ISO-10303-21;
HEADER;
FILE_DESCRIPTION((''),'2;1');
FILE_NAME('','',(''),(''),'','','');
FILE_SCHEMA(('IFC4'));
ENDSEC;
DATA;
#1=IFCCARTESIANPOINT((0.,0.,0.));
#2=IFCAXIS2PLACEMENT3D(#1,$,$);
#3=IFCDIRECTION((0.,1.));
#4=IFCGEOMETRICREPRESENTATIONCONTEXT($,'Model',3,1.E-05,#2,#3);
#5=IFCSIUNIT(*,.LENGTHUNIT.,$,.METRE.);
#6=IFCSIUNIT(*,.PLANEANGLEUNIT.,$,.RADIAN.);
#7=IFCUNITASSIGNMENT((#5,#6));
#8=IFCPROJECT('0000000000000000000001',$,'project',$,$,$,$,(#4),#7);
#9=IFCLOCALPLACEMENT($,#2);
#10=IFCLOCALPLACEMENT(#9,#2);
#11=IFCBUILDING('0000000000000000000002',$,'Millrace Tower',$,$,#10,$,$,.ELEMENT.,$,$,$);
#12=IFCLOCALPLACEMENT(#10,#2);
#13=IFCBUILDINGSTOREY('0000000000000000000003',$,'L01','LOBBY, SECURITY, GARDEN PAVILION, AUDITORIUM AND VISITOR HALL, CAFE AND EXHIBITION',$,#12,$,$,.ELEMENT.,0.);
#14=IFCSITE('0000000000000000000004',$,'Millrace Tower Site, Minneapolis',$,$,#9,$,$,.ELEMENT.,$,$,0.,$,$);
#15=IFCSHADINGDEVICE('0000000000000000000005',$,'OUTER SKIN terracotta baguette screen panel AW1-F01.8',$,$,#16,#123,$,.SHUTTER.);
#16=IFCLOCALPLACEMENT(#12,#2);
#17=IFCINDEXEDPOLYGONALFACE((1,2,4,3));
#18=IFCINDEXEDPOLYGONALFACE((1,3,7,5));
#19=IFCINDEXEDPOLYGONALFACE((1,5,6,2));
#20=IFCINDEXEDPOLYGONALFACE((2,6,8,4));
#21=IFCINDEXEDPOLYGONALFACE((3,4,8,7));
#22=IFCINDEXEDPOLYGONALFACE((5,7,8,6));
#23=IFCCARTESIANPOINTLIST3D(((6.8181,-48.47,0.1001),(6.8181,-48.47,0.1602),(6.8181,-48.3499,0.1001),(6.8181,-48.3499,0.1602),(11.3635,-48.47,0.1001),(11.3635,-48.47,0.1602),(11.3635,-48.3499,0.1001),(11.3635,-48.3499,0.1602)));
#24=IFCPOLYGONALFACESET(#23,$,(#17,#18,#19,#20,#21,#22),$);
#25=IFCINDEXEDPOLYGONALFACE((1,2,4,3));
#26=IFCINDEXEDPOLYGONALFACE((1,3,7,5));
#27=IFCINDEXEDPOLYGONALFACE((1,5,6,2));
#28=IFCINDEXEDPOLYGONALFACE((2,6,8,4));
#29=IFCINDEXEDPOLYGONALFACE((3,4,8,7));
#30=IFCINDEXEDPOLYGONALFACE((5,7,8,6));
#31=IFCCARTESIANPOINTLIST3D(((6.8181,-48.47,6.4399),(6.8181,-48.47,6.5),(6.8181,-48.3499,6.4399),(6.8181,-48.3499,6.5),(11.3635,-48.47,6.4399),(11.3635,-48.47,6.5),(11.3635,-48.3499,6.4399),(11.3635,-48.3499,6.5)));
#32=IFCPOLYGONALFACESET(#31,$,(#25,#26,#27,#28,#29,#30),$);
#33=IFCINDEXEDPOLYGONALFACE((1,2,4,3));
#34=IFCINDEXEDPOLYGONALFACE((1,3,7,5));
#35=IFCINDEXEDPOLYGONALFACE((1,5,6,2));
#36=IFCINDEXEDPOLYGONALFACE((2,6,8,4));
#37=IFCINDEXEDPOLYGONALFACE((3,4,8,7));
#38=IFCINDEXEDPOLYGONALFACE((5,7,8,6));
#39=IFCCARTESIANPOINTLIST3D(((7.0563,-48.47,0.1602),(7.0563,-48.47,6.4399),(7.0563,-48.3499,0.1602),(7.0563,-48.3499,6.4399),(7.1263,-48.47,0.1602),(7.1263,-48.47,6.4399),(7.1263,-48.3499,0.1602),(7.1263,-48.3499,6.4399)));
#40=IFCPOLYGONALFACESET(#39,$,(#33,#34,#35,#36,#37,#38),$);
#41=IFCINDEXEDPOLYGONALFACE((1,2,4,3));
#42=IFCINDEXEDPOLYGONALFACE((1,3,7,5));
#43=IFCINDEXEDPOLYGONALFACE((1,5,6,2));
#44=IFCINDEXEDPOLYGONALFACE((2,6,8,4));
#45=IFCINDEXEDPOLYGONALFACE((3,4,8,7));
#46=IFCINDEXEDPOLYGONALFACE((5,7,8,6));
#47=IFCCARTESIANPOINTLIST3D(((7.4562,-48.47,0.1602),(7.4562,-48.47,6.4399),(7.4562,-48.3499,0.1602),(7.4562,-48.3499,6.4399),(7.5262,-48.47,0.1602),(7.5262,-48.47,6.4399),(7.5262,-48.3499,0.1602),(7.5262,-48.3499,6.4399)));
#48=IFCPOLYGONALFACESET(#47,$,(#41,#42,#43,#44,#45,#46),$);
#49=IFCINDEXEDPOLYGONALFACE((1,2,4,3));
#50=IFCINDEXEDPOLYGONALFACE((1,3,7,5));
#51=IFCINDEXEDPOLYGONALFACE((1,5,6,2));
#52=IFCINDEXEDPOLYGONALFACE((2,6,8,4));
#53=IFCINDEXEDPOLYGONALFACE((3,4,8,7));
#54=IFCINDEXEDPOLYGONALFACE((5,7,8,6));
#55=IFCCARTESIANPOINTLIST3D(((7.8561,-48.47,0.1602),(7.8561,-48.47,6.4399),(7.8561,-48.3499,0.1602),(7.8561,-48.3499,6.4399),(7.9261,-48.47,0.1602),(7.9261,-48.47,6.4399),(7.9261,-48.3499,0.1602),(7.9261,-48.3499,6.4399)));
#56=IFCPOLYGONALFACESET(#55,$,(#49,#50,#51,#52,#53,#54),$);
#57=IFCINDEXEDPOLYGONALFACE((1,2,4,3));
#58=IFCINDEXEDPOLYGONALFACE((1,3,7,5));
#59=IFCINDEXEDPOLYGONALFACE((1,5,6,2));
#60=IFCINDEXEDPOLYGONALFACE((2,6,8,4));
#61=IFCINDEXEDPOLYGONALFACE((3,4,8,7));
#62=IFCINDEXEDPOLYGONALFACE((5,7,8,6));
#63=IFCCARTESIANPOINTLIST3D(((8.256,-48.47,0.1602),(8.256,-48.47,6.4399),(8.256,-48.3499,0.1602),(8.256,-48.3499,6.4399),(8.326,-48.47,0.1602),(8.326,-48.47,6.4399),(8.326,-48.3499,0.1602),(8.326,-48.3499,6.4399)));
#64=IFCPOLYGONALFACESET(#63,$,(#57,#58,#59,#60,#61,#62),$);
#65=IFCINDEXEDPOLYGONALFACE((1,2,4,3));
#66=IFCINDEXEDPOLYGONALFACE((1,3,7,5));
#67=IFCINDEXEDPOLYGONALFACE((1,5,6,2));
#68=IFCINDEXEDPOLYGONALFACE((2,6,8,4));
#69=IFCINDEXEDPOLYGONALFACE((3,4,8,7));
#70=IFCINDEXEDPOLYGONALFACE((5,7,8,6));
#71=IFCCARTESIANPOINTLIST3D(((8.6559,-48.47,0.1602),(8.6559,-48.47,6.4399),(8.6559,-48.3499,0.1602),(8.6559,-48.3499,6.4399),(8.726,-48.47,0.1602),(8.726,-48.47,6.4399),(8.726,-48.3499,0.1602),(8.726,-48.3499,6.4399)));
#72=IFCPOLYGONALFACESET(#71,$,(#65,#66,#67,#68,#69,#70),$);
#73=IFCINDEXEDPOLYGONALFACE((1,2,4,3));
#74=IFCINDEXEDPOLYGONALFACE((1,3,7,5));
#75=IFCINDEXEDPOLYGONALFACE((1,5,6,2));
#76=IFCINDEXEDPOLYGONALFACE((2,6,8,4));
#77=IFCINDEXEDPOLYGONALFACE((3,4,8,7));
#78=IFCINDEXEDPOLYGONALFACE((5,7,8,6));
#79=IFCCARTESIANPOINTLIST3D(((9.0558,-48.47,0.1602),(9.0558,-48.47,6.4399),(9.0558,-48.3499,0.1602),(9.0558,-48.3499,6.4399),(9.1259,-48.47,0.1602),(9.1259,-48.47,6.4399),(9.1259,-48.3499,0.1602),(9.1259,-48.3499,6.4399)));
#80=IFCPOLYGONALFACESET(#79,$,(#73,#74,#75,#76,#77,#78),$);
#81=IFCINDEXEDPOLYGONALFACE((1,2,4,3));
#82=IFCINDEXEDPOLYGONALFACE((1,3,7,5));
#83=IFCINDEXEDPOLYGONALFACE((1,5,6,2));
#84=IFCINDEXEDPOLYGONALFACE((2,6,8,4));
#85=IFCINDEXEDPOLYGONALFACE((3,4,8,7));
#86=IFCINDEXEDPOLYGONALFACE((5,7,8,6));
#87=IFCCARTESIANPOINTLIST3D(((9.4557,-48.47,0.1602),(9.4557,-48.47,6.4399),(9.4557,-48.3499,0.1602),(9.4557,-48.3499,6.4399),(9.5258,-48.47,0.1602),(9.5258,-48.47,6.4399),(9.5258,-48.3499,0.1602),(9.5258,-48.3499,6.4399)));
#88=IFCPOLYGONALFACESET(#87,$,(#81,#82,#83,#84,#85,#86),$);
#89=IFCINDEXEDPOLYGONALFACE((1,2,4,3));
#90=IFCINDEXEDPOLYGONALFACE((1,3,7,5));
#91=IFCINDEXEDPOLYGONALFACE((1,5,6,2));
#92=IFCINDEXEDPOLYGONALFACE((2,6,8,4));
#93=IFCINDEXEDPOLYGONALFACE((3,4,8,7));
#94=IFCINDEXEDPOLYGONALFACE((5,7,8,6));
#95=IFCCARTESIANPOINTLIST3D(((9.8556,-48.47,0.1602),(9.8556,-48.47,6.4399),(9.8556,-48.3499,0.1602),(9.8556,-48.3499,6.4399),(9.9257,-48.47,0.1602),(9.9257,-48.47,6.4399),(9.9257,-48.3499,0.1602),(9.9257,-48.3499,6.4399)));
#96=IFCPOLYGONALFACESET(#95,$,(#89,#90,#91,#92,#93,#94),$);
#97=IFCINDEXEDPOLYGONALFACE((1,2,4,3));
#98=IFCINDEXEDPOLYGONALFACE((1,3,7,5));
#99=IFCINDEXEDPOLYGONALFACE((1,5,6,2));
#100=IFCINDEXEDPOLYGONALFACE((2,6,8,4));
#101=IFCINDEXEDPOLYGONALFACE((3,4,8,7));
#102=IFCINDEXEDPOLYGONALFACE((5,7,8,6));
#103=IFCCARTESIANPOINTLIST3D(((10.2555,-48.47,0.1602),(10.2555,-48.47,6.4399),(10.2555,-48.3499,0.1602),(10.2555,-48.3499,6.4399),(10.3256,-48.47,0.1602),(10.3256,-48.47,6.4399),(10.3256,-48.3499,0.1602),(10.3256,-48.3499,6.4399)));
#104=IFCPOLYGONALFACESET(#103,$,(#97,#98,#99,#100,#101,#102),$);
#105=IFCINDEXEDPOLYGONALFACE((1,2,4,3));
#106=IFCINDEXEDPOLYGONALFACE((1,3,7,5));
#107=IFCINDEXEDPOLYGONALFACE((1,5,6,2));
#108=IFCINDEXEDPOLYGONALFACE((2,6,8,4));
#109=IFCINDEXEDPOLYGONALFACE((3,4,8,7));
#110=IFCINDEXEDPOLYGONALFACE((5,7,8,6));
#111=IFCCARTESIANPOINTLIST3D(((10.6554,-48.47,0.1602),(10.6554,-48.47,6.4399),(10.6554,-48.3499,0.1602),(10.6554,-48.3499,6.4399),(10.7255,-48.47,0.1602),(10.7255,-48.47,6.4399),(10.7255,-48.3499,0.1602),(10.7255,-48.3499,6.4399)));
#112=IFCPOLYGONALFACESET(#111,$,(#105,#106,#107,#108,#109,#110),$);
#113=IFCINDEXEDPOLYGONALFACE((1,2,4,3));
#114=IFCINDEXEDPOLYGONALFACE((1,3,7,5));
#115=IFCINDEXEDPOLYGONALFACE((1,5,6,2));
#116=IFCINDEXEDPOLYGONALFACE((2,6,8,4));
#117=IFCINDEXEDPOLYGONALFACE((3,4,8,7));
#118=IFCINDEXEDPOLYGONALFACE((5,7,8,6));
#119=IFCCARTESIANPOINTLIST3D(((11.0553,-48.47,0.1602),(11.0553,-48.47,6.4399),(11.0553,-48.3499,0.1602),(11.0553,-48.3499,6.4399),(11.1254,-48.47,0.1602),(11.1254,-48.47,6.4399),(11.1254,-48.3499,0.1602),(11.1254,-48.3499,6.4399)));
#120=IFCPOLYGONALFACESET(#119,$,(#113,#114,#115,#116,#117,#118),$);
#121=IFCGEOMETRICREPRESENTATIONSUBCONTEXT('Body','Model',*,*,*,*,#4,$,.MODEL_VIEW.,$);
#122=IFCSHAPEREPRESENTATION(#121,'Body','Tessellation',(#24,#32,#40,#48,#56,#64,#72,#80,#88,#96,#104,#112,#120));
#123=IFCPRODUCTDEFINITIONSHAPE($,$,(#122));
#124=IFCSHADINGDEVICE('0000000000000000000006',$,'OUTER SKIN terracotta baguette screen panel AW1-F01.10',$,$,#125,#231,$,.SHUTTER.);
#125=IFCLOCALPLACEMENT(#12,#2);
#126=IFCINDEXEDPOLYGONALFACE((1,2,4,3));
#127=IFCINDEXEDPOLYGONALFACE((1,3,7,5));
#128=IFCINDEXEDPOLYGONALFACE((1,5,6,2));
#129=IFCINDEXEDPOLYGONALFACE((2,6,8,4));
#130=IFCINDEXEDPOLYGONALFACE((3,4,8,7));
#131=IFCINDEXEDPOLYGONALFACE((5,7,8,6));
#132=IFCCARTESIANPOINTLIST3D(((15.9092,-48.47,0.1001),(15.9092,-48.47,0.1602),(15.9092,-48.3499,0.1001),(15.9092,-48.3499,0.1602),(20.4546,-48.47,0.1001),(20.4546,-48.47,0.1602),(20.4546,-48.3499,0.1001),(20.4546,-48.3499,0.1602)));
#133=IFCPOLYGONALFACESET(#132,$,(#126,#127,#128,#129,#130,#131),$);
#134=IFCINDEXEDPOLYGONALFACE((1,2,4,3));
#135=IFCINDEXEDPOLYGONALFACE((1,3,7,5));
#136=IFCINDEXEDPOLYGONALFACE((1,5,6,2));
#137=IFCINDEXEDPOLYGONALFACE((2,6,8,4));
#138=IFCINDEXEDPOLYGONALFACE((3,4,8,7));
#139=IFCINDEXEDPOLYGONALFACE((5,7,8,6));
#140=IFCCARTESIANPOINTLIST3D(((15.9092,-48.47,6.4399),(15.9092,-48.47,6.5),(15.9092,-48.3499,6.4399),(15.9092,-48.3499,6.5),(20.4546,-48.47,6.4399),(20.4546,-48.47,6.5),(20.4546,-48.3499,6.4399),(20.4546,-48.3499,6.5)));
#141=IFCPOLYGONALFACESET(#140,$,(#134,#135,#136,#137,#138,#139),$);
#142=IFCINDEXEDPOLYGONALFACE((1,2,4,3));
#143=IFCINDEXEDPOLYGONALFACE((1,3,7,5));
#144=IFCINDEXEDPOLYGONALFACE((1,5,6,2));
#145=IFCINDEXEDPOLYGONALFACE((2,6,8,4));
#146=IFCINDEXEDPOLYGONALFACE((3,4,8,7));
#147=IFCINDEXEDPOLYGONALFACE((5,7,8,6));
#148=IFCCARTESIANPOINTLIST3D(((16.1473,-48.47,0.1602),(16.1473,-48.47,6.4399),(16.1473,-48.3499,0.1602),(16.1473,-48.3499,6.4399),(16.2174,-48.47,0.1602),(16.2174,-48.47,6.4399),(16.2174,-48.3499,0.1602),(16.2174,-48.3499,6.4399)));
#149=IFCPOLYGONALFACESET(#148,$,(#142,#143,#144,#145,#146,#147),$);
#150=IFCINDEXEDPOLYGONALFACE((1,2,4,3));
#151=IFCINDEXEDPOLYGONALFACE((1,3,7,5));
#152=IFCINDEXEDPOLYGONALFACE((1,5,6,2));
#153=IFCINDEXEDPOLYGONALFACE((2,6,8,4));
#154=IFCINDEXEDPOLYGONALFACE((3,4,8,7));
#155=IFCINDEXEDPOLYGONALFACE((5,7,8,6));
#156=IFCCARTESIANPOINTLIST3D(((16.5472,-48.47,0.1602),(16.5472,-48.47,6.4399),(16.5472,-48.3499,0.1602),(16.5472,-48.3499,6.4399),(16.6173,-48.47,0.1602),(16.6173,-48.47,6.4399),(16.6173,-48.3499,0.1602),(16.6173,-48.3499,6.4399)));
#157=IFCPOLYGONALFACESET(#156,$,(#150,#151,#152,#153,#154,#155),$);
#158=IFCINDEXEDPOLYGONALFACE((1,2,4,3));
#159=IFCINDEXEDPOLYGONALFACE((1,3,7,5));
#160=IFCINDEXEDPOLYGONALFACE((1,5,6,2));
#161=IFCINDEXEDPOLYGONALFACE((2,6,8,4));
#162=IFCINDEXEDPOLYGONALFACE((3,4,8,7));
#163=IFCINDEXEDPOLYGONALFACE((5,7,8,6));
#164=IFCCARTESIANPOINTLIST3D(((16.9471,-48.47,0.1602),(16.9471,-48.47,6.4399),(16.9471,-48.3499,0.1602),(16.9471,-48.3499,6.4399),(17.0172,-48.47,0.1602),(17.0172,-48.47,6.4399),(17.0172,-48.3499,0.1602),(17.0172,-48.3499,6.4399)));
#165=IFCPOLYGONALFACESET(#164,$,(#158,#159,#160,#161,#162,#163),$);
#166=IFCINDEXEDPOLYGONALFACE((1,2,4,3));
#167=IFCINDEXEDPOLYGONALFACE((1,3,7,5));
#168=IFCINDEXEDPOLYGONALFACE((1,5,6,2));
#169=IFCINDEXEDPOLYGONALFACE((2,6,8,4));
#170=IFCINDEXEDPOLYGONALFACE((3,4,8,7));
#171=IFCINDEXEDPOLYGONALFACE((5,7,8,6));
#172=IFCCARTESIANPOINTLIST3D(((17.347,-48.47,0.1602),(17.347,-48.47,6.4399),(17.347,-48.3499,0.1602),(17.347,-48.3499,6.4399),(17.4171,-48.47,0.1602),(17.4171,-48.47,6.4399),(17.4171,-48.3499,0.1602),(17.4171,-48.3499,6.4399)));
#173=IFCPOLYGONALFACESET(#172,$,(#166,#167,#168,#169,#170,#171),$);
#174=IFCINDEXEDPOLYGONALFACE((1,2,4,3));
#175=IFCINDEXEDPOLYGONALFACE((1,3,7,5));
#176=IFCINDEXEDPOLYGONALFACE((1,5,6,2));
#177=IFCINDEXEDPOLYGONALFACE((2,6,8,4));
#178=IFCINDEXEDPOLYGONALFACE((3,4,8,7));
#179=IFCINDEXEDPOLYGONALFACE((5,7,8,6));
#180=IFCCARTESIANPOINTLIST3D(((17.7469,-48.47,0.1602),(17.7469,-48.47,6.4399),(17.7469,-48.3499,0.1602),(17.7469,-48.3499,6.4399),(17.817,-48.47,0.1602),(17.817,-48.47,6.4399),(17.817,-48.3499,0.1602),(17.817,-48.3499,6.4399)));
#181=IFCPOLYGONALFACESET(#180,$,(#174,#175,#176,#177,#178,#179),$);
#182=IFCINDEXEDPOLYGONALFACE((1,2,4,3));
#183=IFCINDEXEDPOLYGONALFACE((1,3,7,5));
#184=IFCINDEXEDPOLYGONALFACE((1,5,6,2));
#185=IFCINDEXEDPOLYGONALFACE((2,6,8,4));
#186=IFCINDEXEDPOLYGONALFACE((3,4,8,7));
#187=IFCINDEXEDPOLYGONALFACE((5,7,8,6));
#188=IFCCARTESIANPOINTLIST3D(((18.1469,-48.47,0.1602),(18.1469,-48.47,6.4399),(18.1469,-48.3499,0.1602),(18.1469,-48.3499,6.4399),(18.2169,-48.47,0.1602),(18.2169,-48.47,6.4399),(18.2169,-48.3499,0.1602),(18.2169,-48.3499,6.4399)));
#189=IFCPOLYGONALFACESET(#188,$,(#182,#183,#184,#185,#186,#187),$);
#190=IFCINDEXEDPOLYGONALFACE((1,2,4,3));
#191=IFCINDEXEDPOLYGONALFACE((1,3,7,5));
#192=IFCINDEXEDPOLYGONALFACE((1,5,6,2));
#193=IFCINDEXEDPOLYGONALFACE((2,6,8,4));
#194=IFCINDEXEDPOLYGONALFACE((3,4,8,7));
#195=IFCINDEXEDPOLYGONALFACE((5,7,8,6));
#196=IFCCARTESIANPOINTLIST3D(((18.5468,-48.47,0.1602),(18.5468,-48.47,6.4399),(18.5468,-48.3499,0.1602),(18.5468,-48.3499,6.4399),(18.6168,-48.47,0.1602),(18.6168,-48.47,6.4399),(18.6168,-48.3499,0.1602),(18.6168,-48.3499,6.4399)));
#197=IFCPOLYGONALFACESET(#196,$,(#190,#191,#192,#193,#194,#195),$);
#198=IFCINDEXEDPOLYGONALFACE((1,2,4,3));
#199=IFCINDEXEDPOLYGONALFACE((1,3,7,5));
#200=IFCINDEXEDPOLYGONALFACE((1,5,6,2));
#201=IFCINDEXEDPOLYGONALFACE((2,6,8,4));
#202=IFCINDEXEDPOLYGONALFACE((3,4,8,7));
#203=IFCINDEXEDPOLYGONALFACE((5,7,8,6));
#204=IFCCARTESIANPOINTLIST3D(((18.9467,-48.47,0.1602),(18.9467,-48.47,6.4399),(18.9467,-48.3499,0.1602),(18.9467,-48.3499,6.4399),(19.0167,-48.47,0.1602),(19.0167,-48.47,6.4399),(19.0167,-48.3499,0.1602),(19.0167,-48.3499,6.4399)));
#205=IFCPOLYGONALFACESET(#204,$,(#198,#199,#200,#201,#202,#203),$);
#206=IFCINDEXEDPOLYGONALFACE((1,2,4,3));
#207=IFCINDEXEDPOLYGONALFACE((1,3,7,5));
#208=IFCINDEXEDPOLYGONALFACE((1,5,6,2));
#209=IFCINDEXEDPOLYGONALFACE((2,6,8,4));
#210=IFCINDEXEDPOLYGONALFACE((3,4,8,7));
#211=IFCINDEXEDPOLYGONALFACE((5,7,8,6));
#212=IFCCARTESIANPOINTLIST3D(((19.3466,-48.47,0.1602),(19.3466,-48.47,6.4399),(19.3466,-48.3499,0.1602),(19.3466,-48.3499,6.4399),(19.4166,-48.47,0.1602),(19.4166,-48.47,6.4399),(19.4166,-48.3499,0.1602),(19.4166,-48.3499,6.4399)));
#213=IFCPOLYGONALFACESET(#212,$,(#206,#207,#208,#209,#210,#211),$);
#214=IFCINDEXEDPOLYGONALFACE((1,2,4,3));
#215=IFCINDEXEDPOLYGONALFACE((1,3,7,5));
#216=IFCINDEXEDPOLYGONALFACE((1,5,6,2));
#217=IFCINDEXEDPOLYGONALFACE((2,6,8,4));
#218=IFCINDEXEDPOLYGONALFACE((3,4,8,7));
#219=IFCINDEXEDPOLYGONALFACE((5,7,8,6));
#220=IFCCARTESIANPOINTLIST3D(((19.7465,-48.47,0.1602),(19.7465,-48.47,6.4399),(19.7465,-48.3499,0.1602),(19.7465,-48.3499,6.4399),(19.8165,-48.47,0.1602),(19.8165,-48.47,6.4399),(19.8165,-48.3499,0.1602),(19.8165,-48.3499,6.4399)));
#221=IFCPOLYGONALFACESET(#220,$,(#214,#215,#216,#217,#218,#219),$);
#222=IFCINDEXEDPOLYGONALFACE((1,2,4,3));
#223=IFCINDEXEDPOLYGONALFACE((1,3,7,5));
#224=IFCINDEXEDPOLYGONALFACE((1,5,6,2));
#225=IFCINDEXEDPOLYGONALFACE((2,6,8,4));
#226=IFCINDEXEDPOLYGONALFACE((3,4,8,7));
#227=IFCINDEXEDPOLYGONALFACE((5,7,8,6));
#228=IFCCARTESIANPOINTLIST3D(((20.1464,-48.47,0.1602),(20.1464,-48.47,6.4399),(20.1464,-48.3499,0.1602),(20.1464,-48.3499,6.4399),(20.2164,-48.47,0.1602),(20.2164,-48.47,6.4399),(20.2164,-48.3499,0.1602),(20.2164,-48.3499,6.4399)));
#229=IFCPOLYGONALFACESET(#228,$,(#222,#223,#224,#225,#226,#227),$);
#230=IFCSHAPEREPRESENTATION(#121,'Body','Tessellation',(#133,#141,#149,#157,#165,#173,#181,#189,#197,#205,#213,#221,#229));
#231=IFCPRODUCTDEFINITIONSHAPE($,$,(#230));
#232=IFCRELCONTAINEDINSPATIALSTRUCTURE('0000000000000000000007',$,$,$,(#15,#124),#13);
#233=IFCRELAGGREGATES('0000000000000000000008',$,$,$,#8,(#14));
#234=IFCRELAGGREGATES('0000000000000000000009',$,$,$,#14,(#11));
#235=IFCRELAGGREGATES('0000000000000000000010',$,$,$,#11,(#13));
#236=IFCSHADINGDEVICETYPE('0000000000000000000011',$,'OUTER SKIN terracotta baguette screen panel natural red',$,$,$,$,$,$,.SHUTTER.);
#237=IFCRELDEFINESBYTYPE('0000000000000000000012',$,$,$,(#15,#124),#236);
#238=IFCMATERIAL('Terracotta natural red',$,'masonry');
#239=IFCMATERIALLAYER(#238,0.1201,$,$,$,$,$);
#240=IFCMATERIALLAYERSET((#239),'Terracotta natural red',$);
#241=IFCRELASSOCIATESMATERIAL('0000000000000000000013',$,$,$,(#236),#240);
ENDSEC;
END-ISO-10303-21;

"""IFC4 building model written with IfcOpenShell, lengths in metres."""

from ifc_helpers import new_model, entity, si_unit, direction, frame, frame_2d, origin, origin_2d, place, context, subcontext, project, spatial, rectangle, extrude, source, transform, mapped, material, layer, layer_set, type_object, element, save


model = new_model("IFC4")

# Units and contexts
model_context = context("Model", 3, precision=1e-05, world=origin(), true_north=direction((0.0, 1.0)))
body_context = subcontext(model_context, "Body", "Model", "MODEL_VIEW")
ifc_project = project(units=[si_unit("LENGTHUNIT", "METRE"), si_unit("PLANEANGLEUNIT", "RADIAN")], contexts=[model_context])

# Site, building, storey
site_placement = place(None, origin())
site = spatial("IfcSite", under=ifc_project, at=site_placement, Name="Millrace Tower Site, Minneapolis", CompositionType="ELEMENT", RefElevation=0.0)
building_placement = place(site_placement, origin())
building = spatial("IfcBuilding", under=site, at=building_placement, Name="Millrace Tower", CompositionType="ELEMENT")
storey_placement = place(building_placement, origin())
storey = spatial("IfcBuildingStorey", under=building, at=storey_placement, Name="L01", Description="LOBBY, SECURITY, GARDEN PAVILION, AUDITORIUM AND VISITOR HALL, CAFE AND EXHIBITION", CompositionType="ELEMENT", Elevation=0.0)

# Shading devices
ifc_material_1 = material(Name="Terracotta natural red", Category="masonry")
ifc_layer = layer(ifc_material_1, 0.1201)
ifc_layer_set = layer_set([ifc_layer], Name="Terracotta natural red")
shading_device_type = type_object("IfcShadingDeviceType", Name="OUTER SKIN terracotta baguette screen panel natural red", PredefinedType="SHUTTER", material=ifc_layer_set)
cartesian_point_1 = entity("IfcCartesianPoint", [-2.2727, 0.0601])
shared_polyline_1 = entity("IfcPolyline", [cartesian_point_1, entity("IfcCartesianPoint", [2.2727, 0.0601]), entity("IfcCartesianPoint", [2.2727, -0.0601]), entity("IfcCartesianPoint", [-2.2727, -0.0601]), cartesian_point_1])
shared_shape_1 = source(origin(), body_context, "Body", "SweptSolid", [
    entity("IfcExtrudedAreaSolid", entity("IfcArbitraryClosedProfileDef", "AREA", None, shared_polyline_1), entity("IfcAxis2Placement3D", entity("IfcCartesianPoint", [0.0, 0.0, 0.0])), entity("IfcDirection", [0.0, 0.0, 1.0]), 0.0601),
    entity("IfcExtrudedAreaSolid", entity("IfcArbitraryClosedProfileDef", "AREA", None, shared_polyline_1), entity("IfcAxis2Placement3D", entity("IfcCartesianPoint", [0.0, 0.0, 6.3398])), entity("IfcDirection", [0.0, 0.0, 1.0]), 0.0601),
    extrude(rectangle(XDim=0.0701, YDim=0.1201, at=frame_2d((-1.9995, 0.0))), frame((0.0, 0.0, 0.0601)), (0.0, 0.0, 1.0), 6.2798),
    extrude(rectangle(XDim=0.0701, YDim=0.1201, at=frame_2d((-1.5996, 0.0))), frame((0.0, 0.0, 0.0601)), (0.0, 0.0, 1.0), 6.2798),
    extrude(rectangle(XDim=0.0701, YDim=0.1201, at=frame_2d((-1.1997, 0.0))), frame((0.0, 0.0, 0.0601)), (0.0, 0.0, 1.0), 6.2798),
    extrude(rectangle(XDim=0.0701, YDim=0.1201, at=frame_2d((-0.7998, 0.0))), frame((0.0, 0.0, 0.0601)), (0.0, 0.0, 1.0), 6.2798),
    extrude(rectangle(XDim=0.0701, YDim=0.1201, at=frame_2d((-0.3999, 0.0))), frame((0.0, 0.0, 0.0601)), (0.0, 0.0, 1.0), 6.2798),
    extrude(rectangle(XDim=0.0701, YDim=0.1201, at=origin_2d()), frame((0.0, 0.0, 0.0601)), (0.0, 0.0, 1.0), 6.2798),
    extrude(rectangle(XDim=0.0701, YDim=0.1201, at=frame_2d((0.3999, 0.0))), frame((0.0, 0.0, 0.0601)), (0.0, 0.0, 1.0), 6.2798),
    extrude(rectangle(XDim=0.0701, YDim=0.1201, at=frame_2d((0.7998, 0.0))), frame((0.0, 0.0, 0.0601)), (0.0, 0.0, 1.0), 6.2798),
    extrude(rectangle(XDim=0.0701, YDim=0.1201, at=frame_2d((1.1997, 0.0))), frame((0.0, 0.0, 0.0601)), (0.0, 0.0, 1.0), 6.2798),
    extrude(rectangle(XDim=0.0701, YDim=0.1201, at=frame_2d((1.5996, 0.0))), frame((0.0, 0.0, 0.0601)), (0.0, 0.0, 1.0), 6.2798),
    extrude(rectangle(XDim=0.0701, YDim=0.1201, at=frame_2d((1.9995, 0.0))), frame((0.0, 0.0, 0.0601)), (0.0, 0.0, 1.0), 6.2798),
])
for number, where, z_axis, x_axis, name in (
    (1, (9.0908, -48.4099, 0.1001), (0.0, 0.0, 1.0), (1.0, 0.0, 0.0), "OUTER SKIN terracotta baguette screen panel AW1-F01.8"),
    (2, (18.1819, -48.4099, 0.1001), (0.0, 0.0, 1.0), (1.0, 0.0, 0.0), "OUTER SKIN terracotta baguette screen panel AW1-F01.10"),
):
    element("IfcShadingDevice", number, at=place(storey_placement, frame(where, z_axis=z_axis, x_axis=x_axis)), inside=storey, type_object=shading_device_type, Name=name, PredefinedType="SHUTTER", context=body_context, shape_type="MappedRepresentation", body=[
        mapped(shared_shape_1, transform((0.0, 0.0, 0.0), scale=1.0)),
    ])

save(model, "model.ifc")
